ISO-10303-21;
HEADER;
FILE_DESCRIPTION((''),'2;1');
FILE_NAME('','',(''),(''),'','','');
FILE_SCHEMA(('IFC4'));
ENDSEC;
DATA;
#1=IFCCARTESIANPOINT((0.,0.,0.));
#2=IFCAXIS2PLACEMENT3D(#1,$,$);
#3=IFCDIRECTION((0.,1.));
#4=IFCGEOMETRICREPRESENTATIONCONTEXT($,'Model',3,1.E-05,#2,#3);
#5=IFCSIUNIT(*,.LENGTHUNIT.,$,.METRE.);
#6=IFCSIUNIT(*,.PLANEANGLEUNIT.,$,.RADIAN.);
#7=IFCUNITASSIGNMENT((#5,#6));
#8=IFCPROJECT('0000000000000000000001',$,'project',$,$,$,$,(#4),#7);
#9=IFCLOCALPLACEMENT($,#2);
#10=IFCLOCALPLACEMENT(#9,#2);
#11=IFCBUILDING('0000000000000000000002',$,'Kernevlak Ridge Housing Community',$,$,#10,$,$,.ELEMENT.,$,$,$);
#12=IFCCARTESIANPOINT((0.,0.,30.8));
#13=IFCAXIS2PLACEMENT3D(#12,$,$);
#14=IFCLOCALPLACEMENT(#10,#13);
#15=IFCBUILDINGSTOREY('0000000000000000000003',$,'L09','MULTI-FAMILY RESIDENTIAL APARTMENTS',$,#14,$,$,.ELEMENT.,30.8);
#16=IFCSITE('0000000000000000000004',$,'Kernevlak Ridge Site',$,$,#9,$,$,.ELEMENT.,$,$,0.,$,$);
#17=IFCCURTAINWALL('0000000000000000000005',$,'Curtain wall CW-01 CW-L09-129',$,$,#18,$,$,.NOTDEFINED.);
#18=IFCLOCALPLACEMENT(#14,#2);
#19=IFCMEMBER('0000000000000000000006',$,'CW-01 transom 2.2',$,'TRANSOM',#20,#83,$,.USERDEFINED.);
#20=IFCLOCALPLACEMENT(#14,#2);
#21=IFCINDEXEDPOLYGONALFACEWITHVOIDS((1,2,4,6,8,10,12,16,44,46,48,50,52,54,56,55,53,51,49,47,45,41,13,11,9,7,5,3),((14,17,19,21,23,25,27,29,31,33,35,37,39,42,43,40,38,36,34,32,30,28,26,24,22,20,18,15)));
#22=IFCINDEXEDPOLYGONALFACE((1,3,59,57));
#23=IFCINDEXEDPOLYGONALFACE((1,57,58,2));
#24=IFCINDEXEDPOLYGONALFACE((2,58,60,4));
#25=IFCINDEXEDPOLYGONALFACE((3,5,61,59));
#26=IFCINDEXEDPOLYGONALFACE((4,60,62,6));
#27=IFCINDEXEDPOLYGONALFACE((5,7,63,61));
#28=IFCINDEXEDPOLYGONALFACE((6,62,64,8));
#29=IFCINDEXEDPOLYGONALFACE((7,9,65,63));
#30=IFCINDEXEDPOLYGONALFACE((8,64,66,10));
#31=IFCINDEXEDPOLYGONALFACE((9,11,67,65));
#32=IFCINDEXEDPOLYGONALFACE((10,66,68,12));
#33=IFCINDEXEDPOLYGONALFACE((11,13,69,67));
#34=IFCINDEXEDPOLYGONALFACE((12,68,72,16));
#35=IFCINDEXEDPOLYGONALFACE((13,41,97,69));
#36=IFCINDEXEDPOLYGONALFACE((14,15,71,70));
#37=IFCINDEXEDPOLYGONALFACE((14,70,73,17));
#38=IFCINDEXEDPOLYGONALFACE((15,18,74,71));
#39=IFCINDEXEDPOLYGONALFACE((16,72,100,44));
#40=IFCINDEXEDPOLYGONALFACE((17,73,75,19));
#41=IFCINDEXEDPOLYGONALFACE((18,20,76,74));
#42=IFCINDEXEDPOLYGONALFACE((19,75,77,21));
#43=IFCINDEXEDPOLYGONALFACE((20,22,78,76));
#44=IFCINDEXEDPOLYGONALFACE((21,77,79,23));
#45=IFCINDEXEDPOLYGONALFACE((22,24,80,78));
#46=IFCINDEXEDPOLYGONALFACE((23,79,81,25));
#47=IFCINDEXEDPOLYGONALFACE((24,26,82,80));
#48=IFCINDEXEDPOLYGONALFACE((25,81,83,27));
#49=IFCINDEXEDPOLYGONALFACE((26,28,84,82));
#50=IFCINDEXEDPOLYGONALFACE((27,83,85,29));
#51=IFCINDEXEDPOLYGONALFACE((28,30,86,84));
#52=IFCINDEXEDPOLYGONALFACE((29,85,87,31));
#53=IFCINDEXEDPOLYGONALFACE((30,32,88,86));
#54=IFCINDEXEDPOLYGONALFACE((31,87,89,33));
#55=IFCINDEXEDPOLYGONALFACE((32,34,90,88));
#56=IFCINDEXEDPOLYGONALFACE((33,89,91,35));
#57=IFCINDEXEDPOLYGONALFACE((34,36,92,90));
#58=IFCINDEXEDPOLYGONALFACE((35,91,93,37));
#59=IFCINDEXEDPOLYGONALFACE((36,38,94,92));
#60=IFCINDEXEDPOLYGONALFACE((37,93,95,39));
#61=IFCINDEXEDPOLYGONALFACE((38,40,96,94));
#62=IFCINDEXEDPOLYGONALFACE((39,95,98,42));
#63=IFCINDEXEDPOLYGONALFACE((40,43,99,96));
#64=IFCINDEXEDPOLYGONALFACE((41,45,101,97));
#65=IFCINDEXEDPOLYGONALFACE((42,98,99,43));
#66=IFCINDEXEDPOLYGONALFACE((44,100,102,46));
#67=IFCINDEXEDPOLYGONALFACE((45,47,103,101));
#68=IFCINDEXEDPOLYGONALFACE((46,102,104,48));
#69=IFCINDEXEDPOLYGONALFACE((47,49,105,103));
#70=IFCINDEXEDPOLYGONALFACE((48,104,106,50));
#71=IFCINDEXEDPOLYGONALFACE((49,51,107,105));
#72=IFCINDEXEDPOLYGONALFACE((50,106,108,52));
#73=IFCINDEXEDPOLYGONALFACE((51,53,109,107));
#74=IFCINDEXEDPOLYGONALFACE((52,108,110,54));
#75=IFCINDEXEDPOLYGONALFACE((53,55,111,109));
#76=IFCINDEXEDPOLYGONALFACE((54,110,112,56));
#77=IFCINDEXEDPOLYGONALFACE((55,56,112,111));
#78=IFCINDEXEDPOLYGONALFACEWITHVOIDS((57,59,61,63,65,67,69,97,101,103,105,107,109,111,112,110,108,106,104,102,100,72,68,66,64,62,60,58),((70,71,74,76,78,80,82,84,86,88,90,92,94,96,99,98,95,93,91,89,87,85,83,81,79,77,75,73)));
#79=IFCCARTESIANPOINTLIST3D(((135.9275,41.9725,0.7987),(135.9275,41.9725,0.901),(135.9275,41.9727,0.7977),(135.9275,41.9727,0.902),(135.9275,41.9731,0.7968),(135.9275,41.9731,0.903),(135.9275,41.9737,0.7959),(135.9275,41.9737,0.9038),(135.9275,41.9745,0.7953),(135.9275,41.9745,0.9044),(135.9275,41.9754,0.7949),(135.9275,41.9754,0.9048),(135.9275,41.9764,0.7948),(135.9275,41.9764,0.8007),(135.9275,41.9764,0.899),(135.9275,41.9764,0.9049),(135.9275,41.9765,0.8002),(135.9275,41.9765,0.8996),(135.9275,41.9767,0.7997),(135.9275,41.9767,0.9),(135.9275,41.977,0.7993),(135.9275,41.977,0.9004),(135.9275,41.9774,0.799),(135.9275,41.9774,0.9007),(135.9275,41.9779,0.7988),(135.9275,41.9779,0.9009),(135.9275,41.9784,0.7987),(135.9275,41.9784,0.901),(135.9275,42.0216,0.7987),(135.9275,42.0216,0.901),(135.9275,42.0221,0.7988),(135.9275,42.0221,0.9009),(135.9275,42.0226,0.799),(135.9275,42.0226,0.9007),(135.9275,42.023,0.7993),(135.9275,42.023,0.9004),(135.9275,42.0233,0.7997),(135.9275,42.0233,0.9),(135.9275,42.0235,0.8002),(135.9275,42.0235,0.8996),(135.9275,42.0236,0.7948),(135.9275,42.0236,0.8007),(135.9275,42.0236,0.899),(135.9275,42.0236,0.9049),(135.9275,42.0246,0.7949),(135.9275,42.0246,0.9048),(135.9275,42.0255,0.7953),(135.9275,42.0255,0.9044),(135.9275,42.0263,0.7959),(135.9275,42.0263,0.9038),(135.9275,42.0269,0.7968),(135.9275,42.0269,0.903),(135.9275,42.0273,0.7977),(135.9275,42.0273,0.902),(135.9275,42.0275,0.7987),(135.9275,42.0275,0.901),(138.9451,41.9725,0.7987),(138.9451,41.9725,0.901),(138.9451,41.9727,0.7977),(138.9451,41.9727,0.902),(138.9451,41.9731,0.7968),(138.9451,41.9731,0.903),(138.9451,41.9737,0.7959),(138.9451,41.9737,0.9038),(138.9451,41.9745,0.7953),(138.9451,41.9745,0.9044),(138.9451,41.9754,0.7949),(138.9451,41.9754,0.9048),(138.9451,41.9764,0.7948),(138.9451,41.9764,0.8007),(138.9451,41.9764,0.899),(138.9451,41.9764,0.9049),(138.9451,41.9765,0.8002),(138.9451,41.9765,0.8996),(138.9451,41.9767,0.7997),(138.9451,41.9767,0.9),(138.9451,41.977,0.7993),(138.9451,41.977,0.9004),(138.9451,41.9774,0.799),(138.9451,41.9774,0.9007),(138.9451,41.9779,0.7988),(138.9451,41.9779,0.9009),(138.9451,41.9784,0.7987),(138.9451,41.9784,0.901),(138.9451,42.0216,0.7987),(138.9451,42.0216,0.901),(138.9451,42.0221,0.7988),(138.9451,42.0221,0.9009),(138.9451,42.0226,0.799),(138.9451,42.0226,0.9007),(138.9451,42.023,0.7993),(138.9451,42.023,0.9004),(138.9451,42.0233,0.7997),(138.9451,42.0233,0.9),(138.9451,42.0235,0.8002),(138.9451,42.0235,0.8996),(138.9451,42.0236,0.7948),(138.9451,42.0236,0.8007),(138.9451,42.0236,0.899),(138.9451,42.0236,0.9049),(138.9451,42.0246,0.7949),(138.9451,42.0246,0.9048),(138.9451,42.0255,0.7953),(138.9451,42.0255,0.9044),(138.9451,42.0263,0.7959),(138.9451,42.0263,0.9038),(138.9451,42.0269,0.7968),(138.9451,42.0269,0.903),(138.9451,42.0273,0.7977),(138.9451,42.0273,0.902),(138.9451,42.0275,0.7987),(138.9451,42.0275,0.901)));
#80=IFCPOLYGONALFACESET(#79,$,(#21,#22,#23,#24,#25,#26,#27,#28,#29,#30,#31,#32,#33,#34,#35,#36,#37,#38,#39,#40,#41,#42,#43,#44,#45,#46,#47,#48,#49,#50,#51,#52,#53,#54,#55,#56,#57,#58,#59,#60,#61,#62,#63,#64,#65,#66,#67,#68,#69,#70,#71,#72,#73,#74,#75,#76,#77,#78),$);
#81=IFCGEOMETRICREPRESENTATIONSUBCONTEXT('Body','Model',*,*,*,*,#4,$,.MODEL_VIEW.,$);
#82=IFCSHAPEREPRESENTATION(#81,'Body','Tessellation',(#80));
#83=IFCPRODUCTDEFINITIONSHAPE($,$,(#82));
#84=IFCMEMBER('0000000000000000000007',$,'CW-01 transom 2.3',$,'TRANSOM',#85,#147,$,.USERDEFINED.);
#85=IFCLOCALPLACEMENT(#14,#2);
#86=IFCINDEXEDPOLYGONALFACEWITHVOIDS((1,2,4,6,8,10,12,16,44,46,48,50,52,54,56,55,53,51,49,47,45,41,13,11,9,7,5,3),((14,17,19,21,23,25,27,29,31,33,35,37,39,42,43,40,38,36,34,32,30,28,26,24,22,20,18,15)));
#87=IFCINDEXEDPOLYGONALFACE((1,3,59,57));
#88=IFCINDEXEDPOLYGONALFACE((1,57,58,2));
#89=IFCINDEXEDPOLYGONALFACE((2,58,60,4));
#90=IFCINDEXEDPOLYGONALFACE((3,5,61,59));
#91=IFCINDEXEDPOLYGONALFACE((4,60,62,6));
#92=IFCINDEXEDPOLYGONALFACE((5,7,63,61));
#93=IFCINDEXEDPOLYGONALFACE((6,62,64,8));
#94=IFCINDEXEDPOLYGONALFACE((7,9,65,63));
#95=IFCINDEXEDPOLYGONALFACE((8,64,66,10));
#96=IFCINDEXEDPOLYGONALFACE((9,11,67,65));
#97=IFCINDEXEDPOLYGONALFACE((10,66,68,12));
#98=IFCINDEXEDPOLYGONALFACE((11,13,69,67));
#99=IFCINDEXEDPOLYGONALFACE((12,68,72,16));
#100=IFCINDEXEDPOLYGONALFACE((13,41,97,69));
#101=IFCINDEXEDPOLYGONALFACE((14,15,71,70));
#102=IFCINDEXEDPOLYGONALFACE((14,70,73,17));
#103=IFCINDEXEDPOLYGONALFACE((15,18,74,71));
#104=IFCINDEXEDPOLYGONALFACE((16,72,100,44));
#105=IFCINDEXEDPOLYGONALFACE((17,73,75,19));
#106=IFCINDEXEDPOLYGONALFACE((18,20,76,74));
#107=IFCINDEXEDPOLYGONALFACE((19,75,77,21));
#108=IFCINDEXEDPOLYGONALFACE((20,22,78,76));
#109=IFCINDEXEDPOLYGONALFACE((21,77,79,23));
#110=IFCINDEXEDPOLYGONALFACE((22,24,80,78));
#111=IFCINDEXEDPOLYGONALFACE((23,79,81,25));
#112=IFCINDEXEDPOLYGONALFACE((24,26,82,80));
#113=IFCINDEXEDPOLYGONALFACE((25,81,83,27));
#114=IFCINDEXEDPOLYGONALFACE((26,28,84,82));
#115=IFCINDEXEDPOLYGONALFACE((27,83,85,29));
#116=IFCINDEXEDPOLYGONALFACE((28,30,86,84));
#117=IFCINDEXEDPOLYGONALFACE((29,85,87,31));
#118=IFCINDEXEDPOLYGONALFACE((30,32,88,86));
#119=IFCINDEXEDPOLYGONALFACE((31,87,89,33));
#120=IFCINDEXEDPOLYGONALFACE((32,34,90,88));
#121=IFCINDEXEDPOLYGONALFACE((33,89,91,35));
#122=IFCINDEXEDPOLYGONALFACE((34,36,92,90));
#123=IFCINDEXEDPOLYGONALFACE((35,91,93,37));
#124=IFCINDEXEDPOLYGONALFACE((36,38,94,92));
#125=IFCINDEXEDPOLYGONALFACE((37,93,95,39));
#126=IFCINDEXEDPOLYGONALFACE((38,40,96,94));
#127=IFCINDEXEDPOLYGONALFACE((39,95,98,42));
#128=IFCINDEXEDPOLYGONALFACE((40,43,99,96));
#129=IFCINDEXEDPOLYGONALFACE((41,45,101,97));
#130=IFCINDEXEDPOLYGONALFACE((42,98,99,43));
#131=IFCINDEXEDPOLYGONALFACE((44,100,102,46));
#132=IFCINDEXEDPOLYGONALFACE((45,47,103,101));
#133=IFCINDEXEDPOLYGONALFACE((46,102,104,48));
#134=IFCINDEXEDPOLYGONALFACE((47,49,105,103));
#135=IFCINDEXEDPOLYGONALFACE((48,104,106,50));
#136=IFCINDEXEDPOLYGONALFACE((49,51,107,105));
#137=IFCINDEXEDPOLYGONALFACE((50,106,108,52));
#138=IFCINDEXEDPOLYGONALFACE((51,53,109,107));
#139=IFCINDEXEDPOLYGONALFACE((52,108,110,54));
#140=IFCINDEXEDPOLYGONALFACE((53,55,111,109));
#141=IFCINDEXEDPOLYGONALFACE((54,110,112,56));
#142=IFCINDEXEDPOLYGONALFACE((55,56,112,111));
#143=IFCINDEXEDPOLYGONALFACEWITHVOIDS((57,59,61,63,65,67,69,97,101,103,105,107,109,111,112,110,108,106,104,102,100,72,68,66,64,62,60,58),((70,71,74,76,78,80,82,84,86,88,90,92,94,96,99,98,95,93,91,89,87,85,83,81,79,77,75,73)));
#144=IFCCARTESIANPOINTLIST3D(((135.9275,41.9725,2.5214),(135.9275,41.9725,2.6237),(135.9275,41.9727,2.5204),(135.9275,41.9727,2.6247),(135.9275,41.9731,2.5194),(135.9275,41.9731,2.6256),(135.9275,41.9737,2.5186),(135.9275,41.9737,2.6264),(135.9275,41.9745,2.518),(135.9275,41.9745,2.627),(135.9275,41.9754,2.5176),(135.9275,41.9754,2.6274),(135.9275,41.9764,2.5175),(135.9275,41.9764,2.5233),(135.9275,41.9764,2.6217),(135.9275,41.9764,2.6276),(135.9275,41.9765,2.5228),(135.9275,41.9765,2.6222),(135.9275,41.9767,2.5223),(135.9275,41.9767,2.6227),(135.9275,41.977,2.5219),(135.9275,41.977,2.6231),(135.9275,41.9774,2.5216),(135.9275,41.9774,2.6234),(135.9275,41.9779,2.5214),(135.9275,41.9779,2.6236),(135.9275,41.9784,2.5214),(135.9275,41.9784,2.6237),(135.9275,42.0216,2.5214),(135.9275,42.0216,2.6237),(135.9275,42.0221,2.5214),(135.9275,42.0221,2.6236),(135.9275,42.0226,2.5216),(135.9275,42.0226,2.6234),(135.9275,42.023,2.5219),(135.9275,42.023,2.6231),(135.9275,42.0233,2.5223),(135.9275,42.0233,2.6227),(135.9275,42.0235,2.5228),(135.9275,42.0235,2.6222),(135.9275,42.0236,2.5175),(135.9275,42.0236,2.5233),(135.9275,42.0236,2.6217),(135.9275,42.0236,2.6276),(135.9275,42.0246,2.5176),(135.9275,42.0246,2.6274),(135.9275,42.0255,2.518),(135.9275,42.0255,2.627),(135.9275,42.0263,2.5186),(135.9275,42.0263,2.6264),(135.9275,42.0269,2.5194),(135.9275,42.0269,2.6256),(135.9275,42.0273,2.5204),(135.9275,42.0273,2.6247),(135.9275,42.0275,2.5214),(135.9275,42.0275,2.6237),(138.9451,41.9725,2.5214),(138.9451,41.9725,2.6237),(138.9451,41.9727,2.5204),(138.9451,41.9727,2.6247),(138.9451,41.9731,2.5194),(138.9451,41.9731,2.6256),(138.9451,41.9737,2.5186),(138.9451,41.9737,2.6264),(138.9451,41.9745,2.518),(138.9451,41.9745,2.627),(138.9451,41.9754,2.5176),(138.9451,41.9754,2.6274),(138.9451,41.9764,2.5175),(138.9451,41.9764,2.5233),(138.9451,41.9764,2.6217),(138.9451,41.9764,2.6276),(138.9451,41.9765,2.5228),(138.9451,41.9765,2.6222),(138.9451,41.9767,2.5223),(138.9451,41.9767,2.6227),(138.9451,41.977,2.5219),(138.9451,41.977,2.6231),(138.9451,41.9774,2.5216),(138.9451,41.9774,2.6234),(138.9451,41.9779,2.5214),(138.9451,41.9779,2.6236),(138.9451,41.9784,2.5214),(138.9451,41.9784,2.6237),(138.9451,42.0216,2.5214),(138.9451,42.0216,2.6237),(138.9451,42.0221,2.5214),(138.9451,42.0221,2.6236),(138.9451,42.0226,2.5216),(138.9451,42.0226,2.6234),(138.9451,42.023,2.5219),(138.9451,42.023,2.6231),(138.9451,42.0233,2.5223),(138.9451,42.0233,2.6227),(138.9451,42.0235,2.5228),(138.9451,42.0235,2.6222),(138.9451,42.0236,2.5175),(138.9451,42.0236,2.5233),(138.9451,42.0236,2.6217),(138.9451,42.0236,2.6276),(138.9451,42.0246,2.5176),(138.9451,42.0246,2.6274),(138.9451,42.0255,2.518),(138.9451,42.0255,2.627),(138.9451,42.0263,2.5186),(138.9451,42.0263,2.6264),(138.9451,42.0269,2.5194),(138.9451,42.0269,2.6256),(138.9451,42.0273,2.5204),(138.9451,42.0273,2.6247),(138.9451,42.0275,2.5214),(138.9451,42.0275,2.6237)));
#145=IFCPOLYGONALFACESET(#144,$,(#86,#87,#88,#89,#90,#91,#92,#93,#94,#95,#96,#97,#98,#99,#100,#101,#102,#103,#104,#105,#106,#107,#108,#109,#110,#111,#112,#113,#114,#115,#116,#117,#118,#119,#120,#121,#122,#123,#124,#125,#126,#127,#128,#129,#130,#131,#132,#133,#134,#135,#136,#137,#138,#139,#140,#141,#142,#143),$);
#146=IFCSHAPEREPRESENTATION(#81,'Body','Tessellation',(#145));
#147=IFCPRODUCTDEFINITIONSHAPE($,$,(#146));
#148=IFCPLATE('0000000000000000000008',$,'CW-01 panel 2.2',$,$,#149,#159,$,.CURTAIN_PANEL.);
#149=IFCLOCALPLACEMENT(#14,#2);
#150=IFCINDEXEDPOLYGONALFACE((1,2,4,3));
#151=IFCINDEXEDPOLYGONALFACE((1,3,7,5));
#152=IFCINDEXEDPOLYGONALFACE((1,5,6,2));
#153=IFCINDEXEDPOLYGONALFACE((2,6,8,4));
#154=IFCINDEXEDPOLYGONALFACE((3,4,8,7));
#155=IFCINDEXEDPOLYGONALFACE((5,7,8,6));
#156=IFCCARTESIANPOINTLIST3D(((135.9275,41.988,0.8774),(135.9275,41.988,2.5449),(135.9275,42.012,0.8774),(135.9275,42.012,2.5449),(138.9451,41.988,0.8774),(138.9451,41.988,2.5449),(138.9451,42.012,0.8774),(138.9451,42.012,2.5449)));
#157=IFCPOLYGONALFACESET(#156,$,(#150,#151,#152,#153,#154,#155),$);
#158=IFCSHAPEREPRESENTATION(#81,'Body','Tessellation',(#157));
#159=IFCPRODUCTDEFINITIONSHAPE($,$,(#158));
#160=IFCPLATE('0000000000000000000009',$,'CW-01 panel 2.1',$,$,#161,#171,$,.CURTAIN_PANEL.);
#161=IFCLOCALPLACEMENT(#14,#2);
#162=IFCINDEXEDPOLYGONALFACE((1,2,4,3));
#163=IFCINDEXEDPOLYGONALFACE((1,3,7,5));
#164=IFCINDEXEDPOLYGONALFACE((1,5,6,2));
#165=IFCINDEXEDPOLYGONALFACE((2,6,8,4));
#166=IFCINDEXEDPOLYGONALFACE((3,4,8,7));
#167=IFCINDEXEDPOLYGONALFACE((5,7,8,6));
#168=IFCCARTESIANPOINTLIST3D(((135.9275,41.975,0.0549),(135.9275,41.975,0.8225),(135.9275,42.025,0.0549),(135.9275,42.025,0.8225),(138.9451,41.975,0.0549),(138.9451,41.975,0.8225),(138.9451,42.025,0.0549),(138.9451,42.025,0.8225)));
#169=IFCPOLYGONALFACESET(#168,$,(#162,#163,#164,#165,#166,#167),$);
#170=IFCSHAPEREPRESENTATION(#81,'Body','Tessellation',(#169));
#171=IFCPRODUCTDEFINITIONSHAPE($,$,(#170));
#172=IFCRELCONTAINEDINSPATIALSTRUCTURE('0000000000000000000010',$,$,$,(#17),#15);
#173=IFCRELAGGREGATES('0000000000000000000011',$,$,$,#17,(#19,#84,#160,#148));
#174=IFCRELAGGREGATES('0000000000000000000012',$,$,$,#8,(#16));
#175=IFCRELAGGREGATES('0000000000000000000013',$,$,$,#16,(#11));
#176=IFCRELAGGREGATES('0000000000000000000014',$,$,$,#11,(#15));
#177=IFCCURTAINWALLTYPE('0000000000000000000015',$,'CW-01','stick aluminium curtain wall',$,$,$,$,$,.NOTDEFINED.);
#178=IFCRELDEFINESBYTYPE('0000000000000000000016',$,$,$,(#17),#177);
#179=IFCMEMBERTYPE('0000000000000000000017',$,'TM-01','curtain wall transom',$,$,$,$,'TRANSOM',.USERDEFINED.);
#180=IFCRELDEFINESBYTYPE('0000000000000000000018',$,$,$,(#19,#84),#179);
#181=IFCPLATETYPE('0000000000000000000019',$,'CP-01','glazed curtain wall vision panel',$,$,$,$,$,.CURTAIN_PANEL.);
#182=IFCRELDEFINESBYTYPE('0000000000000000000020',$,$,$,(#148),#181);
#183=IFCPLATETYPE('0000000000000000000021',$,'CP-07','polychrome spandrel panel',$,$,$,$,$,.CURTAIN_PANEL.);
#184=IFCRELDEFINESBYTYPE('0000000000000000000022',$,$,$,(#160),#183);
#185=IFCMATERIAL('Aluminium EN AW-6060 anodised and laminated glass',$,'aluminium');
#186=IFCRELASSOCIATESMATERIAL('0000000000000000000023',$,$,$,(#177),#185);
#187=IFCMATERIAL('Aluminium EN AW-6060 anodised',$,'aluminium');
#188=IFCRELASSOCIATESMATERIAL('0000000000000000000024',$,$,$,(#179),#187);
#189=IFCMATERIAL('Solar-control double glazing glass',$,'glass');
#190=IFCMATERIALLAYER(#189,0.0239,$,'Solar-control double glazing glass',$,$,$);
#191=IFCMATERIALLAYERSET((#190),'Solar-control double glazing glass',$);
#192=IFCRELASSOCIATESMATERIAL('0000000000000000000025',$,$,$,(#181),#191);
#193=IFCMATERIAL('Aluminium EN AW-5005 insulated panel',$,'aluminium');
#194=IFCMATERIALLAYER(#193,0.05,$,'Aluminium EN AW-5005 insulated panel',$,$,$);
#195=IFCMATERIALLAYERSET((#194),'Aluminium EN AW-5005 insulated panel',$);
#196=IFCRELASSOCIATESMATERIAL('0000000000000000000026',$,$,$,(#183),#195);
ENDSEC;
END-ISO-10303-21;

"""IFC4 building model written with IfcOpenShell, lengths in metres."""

from ifc_helpers import new_model, si_unit, direction, frame, origin, origin_2d, place, context, subcontext, project, spatial, rectangle, hollow_rectangle, extrude, material, layer, layer_set, material_profile, profile_set, type_object, element, aggregate, save


model = new_model("IFC4")

# Units and contexts
model_context = context("Model", 3, precision=1e-05, world=origin(), true_north=direction((0.0, 1.0)))
body_context = subcontext(model_context, "Body", "Model", "MODEL_VIEW")
ifc_project = project(units=[si_unit("LENGTHUNIT", "METRE"), si_unit("PLANEANGLEUNIT", "RADIAN")], contexts=[model_context])

# Site, building, storey
site_placement = place(None, origin())
site = spatial("IfcSite", under=ifc_project, at=site_placement, Name="Kernevlak Ridge Site", CompositionType="ELEMENT", RefElevation=0.0)
building_placement = place(site_placement, origin())
building = spatial("IfcBuilding", under=site, at=building_placement, Name="Kernevlak Ridge Housing Community", CompositionType="ELEMENT")
storey_placement = place(building_placement, frame((0.0, 0.0, 30.8)))
storey = spatial("IfcBuildingStorey", under=building, at=storey_placement, Name="L09", Description="MULTI-FAMILY RESIDENTIAL APARTMENTS", CompositionType="ELEMENT", Elevation=30.8)

# Curtain wall
ifc_material_1 = material(Name="Aluminium EN AW-6060 anodised and laminated glass", Category="aluminium")
curtain_wall_type = type_object("IfcCurtainWallType", Name="CW-01", Description="stick aluminium curtain wall", PredefinedType="NOTDEFINED", material=ifc_material_1)
curtain_wall_placement = place(storey_placement, origin())
curtain_wall = element("IfcCurtainWall", 1, at=curtain_wall_placement, inside=storey, type_object=curtain_wall_type, Name="Curtain wall CW-01 CW-L09-129", PredefinedType="NOTDEFINED")
ifc_material_2 = material(Name="Aluminium EN AW-6060 anodised", Category="aluminium")

# Members
ifc_material_profile_1 = material_profile(ifc_material_2, hollow_rectangle(XDim=0.0549, YDim=0.1101, WallThickness=0.0039, InnerFilletRadius=0.002, OuterFilletRadius=0.0039, at=origin_2d()), Name="ALU 55x110x4")
ifc_profile_set_1 = profile_set([ifc_material_profile_1], Name="Aluminium EN AW-6060 anodised")
member_type_1 = type_object("IfcMemberType", Name="TM-01", Description="curtain wall transom", ElementType="TRANSOM", PredefinedType="USERDEFINED", material=ifc_profile_set_1)
member_1_placement = place(storey_placement, frame((135.9275, 42.0, 0.8499), z_axis=(1.0, 0.0, 0.0), x_axis=(0.0, 1.0, 0.0)))
member_1 = element("IfcMember", 2, at=member_1_placement, type_object=member_type_1, Name="CW-01 transom 2.2", ObjectType="TRANSOM", PredefinedType="USERDEFINED", context=body_context, shape_type="SweptSolid", body=[
    extrude(hollow_rectangle(XDim=0.0549, YDim=0.1101, WallThickness=0.0039, InnerFilletRadius=0.002, OuterFilletRadius=0.0039, at=origin_2d()), origin(), (0.0, 0.0, 1.0), 3.0176),
])
member_2_placement = place(storey_placement, frame((135.9275, 42.0, 2.5725), z_axis=(1.0, 0.0, 0.0), x_axis=(0.0, 1.0, 0.0)))
member_2 = element("IfcMember", 3, at=member_2_placement, type_object=member_type_1, Name="CW-01 transom 2.3", ObjectType="TRANSOM", PredefinedType="USERDEFINED", context=body_context, shape_type="SweptSolid", body=[
    extrude(hollow_rectangle(XDim=0.0549, YDim=0.1101, WallThickness=0.0039, InnerFilletRadius=0.002, OuterFilletRadius=0.0039, at=origin_2d()), origin(), (0.0, 0.0, 1.0), 3.0176),
])

# Plates
ifc_material_3 = material(Name="Solar-control double glazing glass", Category="glass")
ifc_layer_1 = layer(ifc_material_3, 0.0239, Name="Solar-control double glazing glass")
ifc_layer_set_1 = layer_set([ifc_layer_1], Name="Solar-control double glazing glass")
plate_type_1 = type_object("IfcPlateType", Name="CP-01", Description="glazed curtain wall vision panel", PredefinedType="CURTAIN_PANEL", material=ifc_layer_set_1)
plate_1_placement = place(storey_placement, frame((137.4363, 42.0, 0.8774), z_axis=(0.0, 0.0, 1.0), x_axis=(1.0, 0.0, 0.0)))
plate_1 = element("IfcPlate", 4, at=plate_1_placement, type_object=plate_type_1, Name="CW-01 panel 2.2", PredefinedType="CURTAIN_PANEL", context=body_context, shape_type="SweptSolid", body=[
    extrude(rectangle(XDim=3.0176, YDim=0.0239, at=origin_2d()), origin(), (0.0, 0.0, 1.0), 1.6675),
])
ifc_material_4 = material(Name="Aluminium EN AW-5005 insulated panel", Category="aluminium")
ifc_layer_2 = layer(ifc_material_4, 0.05, Name="Aluminium EN AW-5005 insulated panel")
ifc_layer_set_2 = layer_set([ifc_layer_2], Name="Aluminium EN AW-5005 insulated panel")
plate_type_2 = type_object("IfcPlateType", Name="CP-07", Description="polychrome spandrel panel", PredefinedType="CURTAIN_PANEL", material=ifc_layer_set_2)
plate_2_placement = place(storey_placement, frame((137.4363, 42.0, 0.0549), z_axis=(0.0, 0.0, 1.0), x_axis=(1.0, 0.0, 0.0)))
plate_2 = element("IfcPlate", 5, at=plate_2_placement, type_object=plate_type_2, Name="CW-01 panel 2.1", PredefinedType="CURTAIN_PANEL", context=body_context, shape_type="SweptSolid", body=[
    extrude(rectangle(XDim=3.0176, YDim=0.05, at=origin_2d()), origin(), (0.0, 0.0, 1.0), 0.7676),
])
aggregate(curtain_wall, [member_1, member_2, plate_2, plate_1])

save(model, "model.ifc")
